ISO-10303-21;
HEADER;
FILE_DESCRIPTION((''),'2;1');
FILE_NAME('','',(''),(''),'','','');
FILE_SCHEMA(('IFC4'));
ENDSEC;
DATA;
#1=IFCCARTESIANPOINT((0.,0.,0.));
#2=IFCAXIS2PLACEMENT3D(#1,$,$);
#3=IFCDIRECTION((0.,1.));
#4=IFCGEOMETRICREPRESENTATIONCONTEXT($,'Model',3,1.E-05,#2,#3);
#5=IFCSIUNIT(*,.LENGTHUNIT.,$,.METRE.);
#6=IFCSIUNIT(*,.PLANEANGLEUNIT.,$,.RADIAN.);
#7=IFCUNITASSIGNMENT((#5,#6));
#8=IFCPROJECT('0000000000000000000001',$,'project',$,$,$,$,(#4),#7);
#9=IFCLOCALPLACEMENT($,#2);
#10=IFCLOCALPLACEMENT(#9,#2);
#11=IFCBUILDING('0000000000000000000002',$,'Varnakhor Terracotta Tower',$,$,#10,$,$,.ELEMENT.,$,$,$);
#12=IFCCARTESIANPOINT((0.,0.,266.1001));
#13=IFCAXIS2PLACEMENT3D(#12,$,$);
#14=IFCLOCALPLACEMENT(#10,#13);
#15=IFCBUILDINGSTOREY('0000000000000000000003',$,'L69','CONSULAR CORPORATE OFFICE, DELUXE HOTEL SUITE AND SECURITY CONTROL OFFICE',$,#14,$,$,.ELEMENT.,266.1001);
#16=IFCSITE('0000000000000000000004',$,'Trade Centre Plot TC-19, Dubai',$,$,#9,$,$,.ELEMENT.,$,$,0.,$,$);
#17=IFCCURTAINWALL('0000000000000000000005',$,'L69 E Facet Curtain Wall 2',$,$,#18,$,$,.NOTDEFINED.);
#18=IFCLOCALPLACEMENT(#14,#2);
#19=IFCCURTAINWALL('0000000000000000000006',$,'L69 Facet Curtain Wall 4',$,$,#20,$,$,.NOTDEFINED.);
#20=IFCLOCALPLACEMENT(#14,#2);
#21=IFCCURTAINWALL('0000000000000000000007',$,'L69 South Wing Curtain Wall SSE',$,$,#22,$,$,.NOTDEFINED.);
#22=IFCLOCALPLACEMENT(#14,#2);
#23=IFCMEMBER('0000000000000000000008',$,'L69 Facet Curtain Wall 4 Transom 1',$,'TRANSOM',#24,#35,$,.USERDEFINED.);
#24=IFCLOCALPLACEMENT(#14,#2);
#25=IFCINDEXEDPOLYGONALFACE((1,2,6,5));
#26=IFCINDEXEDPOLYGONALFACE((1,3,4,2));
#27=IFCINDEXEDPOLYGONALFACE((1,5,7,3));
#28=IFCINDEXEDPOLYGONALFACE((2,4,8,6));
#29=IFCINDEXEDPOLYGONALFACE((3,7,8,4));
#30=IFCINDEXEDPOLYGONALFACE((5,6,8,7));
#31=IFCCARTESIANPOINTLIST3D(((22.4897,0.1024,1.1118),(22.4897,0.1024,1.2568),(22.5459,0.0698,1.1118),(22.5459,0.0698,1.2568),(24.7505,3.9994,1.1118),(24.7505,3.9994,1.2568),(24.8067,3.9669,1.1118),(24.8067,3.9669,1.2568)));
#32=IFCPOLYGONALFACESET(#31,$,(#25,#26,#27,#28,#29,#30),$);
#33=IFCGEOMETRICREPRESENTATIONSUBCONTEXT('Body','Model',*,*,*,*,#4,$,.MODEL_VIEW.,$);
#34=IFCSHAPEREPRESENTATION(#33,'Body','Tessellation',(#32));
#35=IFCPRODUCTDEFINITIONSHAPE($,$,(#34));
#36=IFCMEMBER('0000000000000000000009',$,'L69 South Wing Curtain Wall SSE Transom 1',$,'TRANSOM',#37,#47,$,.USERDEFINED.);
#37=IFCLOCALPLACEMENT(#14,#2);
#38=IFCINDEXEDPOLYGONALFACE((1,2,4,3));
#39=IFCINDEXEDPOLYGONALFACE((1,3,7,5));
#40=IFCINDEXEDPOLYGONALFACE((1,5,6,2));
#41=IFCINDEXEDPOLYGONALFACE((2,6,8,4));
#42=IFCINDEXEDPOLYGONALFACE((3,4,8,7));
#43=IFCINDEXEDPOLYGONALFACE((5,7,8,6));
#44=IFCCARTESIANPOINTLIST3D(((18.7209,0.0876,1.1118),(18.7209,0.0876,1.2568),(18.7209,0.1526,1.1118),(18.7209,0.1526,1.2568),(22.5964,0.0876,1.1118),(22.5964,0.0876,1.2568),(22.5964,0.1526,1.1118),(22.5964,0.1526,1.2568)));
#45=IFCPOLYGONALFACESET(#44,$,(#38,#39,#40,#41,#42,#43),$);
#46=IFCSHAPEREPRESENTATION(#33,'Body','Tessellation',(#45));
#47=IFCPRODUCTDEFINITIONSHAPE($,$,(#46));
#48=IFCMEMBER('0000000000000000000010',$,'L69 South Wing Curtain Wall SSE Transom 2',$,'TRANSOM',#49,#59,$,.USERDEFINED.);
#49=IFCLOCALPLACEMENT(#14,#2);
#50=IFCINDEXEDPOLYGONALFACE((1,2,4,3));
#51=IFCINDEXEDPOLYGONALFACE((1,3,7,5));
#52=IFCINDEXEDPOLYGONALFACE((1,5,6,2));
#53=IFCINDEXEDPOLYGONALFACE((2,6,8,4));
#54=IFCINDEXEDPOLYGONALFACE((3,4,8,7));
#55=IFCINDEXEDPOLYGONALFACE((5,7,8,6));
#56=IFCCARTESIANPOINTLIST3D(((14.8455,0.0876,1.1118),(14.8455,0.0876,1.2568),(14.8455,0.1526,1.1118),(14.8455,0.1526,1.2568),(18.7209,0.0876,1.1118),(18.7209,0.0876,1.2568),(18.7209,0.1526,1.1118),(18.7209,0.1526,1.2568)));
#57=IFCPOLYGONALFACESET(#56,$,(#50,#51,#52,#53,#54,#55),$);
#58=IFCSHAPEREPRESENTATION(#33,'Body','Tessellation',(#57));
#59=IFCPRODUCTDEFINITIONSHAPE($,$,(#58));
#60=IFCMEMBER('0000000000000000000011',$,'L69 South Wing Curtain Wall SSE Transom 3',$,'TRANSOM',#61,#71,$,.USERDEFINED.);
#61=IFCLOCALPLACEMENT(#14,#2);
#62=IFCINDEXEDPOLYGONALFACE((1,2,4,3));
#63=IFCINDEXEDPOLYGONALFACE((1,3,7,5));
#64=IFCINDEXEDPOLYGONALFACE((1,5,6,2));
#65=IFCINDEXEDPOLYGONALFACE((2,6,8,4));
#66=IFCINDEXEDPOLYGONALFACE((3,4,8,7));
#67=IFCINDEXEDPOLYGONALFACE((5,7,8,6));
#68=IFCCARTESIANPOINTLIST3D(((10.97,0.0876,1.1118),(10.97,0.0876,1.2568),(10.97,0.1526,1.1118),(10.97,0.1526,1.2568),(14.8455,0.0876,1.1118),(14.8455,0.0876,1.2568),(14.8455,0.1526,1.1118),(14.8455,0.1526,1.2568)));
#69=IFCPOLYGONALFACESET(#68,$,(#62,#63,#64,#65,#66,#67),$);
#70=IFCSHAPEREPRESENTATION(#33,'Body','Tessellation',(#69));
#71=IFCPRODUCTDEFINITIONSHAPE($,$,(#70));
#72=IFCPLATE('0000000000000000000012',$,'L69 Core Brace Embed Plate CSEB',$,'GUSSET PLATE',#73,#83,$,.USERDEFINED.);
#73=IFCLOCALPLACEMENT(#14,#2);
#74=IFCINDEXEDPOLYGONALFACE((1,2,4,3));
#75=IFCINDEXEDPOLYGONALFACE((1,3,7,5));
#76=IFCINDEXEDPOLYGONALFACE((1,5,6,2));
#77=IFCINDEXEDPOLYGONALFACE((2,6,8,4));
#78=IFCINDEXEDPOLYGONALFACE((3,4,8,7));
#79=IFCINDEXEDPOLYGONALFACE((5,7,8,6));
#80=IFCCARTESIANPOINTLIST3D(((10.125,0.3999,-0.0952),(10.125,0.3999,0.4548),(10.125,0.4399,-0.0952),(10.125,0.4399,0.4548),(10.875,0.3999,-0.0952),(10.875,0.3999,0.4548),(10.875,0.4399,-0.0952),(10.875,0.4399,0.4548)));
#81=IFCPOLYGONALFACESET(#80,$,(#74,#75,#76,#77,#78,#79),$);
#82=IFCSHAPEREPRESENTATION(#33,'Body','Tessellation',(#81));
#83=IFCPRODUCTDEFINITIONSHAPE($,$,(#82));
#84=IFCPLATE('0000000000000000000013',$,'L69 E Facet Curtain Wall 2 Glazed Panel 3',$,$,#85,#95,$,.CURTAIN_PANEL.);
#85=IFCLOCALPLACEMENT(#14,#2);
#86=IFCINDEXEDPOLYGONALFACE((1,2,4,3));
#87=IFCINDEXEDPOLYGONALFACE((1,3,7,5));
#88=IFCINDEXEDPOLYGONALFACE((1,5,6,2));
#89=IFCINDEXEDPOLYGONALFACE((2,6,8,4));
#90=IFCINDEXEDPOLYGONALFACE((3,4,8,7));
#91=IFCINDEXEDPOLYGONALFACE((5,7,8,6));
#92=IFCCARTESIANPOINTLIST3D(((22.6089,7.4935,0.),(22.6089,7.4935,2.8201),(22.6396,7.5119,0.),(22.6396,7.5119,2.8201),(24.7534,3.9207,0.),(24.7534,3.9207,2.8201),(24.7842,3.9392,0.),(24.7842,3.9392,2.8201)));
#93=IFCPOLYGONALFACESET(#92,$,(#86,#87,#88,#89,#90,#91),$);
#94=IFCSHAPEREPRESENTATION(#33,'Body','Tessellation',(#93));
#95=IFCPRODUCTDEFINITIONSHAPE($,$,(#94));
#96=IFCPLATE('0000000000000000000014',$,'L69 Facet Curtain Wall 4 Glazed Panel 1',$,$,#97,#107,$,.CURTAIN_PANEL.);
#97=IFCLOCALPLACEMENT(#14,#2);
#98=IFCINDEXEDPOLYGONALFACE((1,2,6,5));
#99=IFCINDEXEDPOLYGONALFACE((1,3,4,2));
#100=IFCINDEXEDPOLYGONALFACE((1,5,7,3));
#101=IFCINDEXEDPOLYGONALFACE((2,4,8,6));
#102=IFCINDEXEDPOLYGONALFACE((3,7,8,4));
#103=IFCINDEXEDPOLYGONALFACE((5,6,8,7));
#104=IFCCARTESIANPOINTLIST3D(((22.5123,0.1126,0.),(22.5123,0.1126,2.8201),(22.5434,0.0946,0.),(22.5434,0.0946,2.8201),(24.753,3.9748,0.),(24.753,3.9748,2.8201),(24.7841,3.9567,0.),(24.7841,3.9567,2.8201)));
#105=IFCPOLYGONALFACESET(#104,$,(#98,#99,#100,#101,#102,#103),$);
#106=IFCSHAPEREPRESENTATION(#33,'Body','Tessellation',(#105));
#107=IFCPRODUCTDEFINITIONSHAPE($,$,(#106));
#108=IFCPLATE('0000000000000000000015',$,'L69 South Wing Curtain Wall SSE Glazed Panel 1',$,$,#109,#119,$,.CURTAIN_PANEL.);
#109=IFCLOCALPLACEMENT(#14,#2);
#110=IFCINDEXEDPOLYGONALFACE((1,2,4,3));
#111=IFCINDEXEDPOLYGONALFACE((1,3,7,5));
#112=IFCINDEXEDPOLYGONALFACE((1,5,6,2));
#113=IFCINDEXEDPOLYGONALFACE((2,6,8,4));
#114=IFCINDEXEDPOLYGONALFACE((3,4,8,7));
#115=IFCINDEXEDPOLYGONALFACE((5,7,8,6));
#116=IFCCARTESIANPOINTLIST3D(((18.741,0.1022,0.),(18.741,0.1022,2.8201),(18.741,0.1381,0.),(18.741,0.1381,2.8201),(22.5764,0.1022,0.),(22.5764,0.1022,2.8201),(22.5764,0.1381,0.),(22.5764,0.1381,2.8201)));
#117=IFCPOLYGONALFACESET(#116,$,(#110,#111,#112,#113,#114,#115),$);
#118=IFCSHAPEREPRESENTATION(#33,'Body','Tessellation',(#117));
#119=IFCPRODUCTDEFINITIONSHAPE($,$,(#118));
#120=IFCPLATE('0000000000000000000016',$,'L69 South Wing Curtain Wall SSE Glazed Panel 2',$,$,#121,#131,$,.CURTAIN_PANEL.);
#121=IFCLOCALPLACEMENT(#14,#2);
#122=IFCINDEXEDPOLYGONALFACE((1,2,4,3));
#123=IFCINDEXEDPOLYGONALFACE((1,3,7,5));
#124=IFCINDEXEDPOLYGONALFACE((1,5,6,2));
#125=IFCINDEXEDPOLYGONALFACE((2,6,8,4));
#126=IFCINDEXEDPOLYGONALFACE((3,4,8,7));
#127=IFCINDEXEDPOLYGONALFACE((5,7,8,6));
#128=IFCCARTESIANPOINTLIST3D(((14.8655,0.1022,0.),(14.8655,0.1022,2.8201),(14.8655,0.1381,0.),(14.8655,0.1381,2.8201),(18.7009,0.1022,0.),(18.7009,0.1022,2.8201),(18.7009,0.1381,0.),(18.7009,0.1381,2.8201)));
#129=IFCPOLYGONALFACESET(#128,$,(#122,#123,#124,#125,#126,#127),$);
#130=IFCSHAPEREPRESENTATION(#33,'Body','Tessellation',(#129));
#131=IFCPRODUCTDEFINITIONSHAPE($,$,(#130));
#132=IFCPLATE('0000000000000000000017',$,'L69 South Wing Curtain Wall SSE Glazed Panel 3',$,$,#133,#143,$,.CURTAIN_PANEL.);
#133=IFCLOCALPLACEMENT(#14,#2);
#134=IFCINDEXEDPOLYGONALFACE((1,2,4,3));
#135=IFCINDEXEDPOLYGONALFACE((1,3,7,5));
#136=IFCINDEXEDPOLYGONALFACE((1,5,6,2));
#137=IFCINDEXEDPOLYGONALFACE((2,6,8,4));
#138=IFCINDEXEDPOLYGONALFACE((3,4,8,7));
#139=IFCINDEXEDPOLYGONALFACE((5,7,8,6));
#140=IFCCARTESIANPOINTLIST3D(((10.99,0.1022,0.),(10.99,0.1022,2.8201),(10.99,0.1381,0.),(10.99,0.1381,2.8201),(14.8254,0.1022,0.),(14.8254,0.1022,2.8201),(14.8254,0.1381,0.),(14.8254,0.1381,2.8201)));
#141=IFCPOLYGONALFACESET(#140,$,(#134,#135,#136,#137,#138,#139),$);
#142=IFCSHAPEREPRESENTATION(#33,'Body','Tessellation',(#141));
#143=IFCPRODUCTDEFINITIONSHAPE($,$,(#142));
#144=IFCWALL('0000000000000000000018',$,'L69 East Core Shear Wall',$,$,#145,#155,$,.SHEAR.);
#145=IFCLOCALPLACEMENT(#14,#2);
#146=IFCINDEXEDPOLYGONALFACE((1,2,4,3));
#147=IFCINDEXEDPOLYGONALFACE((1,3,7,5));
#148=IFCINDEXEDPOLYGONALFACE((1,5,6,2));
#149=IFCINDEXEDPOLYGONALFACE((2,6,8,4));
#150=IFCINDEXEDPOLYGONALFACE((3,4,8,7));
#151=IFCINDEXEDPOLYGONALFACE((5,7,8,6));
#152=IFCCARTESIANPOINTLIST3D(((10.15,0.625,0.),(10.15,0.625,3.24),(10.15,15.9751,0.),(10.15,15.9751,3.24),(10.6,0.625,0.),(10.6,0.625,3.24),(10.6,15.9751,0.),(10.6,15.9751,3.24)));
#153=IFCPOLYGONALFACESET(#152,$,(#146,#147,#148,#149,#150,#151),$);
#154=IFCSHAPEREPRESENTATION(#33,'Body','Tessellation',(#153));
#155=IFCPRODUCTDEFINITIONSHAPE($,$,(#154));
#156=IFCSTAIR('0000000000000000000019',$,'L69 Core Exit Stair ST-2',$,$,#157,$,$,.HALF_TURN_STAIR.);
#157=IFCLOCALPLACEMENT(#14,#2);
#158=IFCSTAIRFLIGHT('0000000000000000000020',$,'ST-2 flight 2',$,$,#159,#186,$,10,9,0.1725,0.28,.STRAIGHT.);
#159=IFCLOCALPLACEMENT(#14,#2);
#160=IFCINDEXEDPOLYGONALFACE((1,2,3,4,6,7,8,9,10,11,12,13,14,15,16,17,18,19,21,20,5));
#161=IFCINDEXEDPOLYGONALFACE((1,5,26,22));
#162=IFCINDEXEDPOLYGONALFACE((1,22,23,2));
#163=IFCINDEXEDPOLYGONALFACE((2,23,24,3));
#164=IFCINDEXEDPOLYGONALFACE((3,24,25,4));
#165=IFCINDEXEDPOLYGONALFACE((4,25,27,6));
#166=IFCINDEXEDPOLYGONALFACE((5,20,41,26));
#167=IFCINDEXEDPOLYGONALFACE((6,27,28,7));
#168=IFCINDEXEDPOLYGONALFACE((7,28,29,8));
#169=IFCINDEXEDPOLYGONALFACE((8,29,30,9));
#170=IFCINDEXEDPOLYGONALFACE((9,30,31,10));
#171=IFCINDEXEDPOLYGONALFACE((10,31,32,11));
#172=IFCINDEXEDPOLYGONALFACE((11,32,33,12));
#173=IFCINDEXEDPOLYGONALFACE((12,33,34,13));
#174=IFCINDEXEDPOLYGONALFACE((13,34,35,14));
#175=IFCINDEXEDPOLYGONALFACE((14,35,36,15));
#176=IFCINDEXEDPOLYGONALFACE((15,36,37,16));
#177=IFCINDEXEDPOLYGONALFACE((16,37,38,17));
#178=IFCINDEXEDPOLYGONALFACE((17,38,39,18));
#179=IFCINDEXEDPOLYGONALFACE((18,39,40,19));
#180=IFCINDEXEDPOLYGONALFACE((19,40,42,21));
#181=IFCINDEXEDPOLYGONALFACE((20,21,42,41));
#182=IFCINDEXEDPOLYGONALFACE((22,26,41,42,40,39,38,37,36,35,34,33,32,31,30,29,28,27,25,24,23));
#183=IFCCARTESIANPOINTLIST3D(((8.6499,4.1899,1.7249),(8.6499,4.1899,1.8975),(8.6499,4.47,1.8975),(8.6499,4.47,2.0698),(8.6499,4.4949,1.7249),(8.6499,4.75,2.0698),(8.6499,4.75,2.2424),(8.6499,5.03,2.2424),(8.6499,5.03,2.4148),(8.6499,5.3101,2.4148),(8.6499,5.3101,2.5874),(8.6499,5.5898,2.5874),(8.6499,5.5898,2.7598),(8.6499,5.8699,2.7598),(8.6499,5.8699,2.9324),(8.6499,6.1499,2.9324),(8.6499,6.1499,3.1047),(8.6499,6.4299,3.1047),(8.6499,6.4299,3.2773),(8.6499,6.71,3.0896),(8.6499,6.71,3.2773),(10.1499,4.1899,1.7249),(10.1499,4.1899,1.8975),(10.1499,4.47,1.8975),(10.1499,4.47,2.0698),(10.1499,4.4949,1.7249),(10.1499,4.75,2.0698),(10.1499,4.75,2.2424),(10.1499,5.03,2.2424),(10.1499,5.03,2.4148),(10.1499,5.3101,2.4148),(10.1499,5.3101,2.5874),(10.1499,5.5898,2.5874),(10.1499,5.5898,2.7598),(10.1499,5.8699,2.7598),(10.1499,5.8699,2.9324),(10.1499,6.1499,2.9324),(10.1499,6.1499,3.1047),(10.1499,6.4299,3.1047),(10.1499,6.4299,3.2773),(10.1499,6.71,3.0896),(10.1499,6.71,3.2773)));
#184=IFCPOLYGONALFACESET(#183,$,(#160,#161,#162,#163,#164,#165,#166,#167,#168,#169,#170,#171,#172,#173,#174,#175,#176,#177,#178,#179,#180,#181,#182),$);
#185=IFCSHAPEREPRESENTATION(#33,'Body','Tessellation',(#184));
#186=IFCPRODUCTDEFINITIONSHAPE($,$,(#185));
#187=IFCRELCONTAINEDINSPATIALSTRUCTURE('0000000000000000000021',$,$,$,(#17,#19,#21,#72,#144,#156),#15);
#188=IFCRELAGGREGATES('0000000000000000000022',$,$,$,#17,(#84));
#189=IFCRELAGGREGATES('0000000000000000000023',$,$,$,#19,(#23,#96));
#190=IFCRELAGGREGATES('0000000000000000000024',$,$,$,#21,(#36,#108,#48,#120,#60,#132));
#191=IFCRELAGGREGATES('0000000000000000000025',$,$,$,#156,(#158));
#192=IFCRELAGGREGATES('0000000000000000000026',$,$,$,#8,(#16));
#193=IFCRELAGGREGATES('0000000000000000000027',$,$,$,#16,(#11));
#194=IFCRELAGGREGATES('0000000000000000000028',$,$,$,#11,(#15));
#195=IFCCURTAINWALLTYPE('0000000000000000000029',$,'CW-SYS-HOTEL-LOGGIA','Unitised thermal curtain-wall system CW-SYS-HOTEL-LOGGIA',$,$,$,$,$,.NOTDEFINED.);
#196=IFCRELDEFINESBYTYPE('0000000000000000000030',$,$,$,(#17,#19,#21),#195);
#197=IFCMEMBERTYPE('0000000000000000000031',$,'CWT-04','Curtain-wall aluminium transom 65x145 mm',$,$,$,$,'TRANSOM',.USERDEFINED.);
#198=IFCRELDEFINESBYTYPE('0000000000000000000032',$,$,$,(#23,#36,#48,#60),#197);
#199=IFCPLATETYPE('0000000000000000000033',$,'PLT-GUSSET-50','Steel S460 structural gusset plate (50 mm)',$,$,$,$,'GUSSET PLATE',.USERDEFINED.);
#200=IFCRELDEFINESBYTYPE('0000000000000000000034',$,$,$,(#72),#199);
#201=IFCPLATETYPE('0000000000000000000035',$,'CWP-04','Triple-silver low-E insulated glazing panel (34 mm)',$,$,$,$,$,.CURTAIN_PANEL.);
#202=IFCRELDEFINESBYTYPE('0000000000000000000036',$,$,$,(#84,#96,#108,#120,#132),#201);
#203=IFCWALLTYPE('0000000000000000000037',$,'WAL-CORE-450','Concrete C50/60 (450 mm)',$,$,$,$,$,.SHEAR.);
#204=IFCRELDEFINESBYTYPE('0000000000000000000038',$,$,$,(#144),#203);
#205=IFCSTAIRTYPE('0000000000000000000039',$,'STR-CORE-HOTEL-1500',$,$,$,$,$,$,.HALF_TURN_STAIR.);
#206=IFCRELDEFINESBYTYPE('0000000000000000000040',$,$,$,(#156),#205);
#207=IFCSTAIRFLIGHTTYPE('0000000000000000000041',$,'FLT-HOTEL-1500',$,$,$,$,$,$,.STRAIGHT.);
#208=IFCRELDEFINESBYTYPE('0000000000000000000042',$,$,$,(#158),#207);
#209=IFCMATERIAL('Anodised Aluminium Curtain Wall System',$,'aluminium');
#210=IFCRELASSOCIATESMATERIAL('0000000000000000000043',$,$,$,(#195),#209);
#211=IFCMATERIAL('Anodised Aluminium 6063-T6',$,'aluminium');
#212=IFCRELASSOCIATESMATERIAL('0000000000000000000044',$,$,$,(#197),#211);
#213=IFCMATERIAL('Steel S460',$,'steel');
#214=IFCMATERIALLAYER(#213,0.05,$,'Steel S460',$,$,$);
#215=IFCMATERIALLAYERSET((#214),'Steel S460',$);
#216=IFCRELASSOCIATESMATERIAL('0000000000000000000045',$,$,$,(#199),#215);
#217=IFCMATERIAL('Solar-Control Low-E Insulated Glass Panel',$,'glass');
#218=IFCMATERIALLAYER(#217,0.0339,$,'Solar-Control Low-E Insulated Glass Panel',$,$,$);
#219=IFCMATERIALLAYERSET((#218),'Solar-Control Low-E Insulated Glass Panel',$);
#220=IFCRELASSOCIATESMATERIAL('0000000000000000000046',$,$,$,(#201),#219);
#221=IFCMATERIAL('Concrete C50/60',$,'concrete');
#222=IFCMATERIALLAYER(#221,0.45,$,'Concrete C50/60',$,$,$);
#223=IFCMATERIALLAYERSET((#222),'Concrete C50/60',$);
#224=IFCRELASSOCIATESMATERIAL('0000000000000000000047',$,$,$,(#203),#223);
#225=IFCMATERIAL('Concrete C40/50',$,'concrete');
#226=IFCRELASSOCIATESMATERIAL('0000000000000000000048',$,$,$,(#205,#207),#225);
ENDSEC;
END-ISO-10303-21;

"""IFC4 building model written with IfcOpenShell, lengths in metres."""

from ifc_helpers import new_model, si_unit, direction, frame, frame_2d, origin, origin_2d, place, context, subcontext, project, spatial, polyline, rectangle, outline, extrude, source, transform, mapped, material, layer, layer_set, material_profile, profile_set, type_object, type_shapes, element, aggregate, save


model = new_model("IFC4")

# Units and contexts
model_context = context("Model", 3, precision=1e-05, world=origin(), true_north=direction((0.0, 1.0)))
body_context = subcontext(model_context, "Body", "Model", "MODEL_VIEW")
ifc_project = project(units=[si_unit("LENGTHUNIT", "METRE"), si_unit("PLANEANGLEUNIT", "RADIAN")], contexts=[model_context])

# Site, building, storey
site_placement = place(None, origin())
site = spatial("IfcSite", under=ifc_project, at=site_placement, Name="Trade Centre Plot TC-19, Dubai", CompositionType="ELEMENT", RefElevation=0.0)
building_placement = place(site_placement, origin())
building = spatial("IfcBuilding", under=site, at=building_placement, Name="Varnakhor Terracotta Tower", CompositionType="ELEMENT")
storey_placement = place(building_placement, frame((0.0, 0.0, 266.1001)))
storey = spatial("IfcBuildingStorey", under=building, at=storey_placement, Name="L69", Description="CONSULAR CORPORATE OFFICE, DELUXE HOTEL SUITE AND SECURITY CONTROL OFFICE", CompositionType="ELEMENT", Elevation=266.1001)

# Shared definitions
ifc_material_1 = material(Name="Concrete C50/60", Category="concrete")

# Curtain walls
ifc_material_2 = material(Name="Anodised Aluminium Curtain Wall System", Category="aluminium")
curtain_wall_type = type_object("IfcCurtainWallType", Name="CW-SYS-HOTEL-LOGGIA", Description="Unitised thermal curtain-wall system CW-SYS-HOTEL-LOGGIA", PredefinedType="NOTDEFINED", material=ifc_material_2)
curtain_wall_1_placement = place(storey_placement, origin())
curtain_wall_1 = element("IfcCurtainWall", 1, at=curtain_wall_1_placement, inside=storey, type_object=curtain_wall_type, Name="L69 E Facet Curtain Wall 2", PredefinedType="NOTDEFINED")
ifc_material_3 = material(Name="Anodised Aluminium 6063-T6", Category="aluminium")
curtain_wall_2_placement = place(storey_placement, origin())
curtain_wall_2 = element("IfcCurtainWall", 2, at=curtain_wall_2_placement, inside=storey, type_object=curtain_wall_type, Name="L69 Facet Curtain Wall 4", PredefinedType="NOTDEFINED")

# Curtain wall
curtain_wall_3_placement = place(storey_placement, origin())
curtain_wall_3 = element("IfcCurtainWall", 3, at=curtain_wall_3_placement, inside=storey, type_object=curtain_wall_type, Name="L69 South Wing Curtain Wall SSE", PredefinedType="NOTDEFINED")

# Members
ifc_material_profile_1 = material_profile(ifc_material_3, rectangle(XDim=0.0649, YDim=0.145, at=origin_2d()), Name="ALU TRANSOM 65x145")
ifc_profile_set_1 = profile_set([ifc_material_profile_1], Name="Anodised Aluminium 6063-T6")
member_type_1 = type_object("IfcMemberType", Name="CWT-04", Description="Curtain-wall aluminium transom 65x145 mm", ElementType="TRANSOM", PredefinedType="USERDEFINED", material=ifc_profile_set_1)
shared_shape_1 = source(origin(), body_context, "Body", "SweptSolid", [
    extrude(rectangle(XDim=0.0649, YDim=0.145, at=origin_2d()), origin(), (0.0, 0.0, 1.0), 4.5054),
])
member_1_placement = place(storey_placement, frame((24.7786, 3.9832, 1.1843), z_axis=(-0.501801, -0.864983, 0.0), x_axis=(0.864983, -0.501801, 0.0)))
member_1 = element("IfcMember", 4, at=member_1_placement, type_object=member_type_1, Name="L69 Facet Curtain Wall 4 Transom 1", ObjectType="TRANSOM", PredefinedType="USERDEFINED", context=body_context, shape_type="MappedRepresentation", body=[
    mapped(shared_shape_1, transform((0.0, 0.0, 0.0), scale=1.0)),
])
shared_shape_2 = source(origin(), body_context, "Body", "SweptSolid", [
    extrude(rectangle(XDim=0.0649, YDim=0.145, at=origin_2d()), origin(), (0.0, 0.0, 1.0), 3.8755),
])
member_2_placement = place(storey_placement, frame((22.5964, 0.1201, 1.1843), z_axis=(-1.0, 0.0, 0.0), x_axis=(0.0, -1.0, 0.0)))
member_2 = element("IfcMember", 5, at=member_2_placement, type_object=member_type_1, Name="L69 South Wing Curtain Wall SSE Transom 1", ObjectType="TRANSOM", PredefinedType="USERDEFINED", context=body_context, shape_type="MappedRepresentation", body=[
    mapped(shared_shape_2, transform((0.0, 0.0, 0.0), scale=1.0)),
])
member_3_placement = place(storey_placement, frame((18.7209, 0.1201, 1.1843), z_axis=(-1.0, 0.0, 0.0), x_axis=(0.0, -1.0, 0.0)))
member_3 = element("IfcMember", 6, at=member_3_placement, type_object=member_type_1, Name="L69 South Wing Curtain Wall SSE Transom 2", ObjectType="TRANSOM", PredefinedType="USERDEFINED", context=body_context, shape_type="MappedRepresentation", body=[
    mapped(shared_shape_2, transform((0.0, 0.0, 0.0), scale=1.0)),
])
member_4_placement = place(storey_placement, frame((14.8455, 0.1201, 1.1843), z_axis=(-1.0, 0.0, 0.0), x_axis=(0.0, -1.0, 0.0)))
member_4 = element("IfcMember", 7, at=member_4_placement, type_object=member_type_1, Name="L69 South Wing Curtain Wall SSE Transom 3", ObjectType="TRANSOM", PredefinedType="USERDEFINED", context=body_context, shape_type="MappedRepresentation", body=[
    mapped(shared_shape_2, transform((0.0, 0.0, 0.0), scale=1.0)),
])

# Plates
ifc_material_4 = material(Name="Steel S460", Category="steel")
ifc_layer_1 = layer(ifc_material_4, 0.05, Name="Steel S460")
ifc_layer_set_1 = layer_set([ifc_layer_1], Name="Steel S460")
plate_type_1 = type_object("IfcPlateType", Name="PLT-GUSSET-50", Description="Steel S460 structural gusset plate (50 mm)", ElementType="GUSSET PLATE", PredefinedType="USERDEFINED", material=ifc_layer_set_1)
shared_shape_3 = source(origin(), body_context, "Body", "SweptSolid", [
    extrude(rectangle(XDim=0.75, YDim=0.04, at=origin_2d()), origin(), (0.0, 0.0, 1.0), 0.55),
])
type_shapes(plate_type_1, [shared_shape_3])
plate_1_placement = place(storey_placement, frame((10.5, 0.4199, -0.0952), z_axis=(0.0, 0.0, 1.0), x_axis=(1.0, 0.0, 0.0)))
element("IfcPlate", 8, at=plate_1_placement, inside=storey, type_object=plate_type_1, Name="L69 Core Brace Embed Plate CSEB", ObjectType="GUSSET PLATE", PredefinedType="USERDEFINED", context=body_context, shape_type="MappedRepresentation", body=[
    mapped(shared_shape_3, transform((0.0, 0.0, 0.0), scale=1.0)),
])
ifc_material_5 = material(Name="Solar-Control Low-E Insulated Glass Panel", Category="glass")
ifc_layer_2 = layer(ifc_material_5, 0.0339, Name="Solar-Control Low-E Insulated Glass Panel")
ifc_layer_set_2 = layer_set([ifc_layer_2], Name="Solar-Control Low-E Insulated Glass Panel")
plate_type_2 = type_object("IfcPlateType", Name="CWP-04", Description="Triple-silver low-E insulated glazing panel (34 mm)", PredefinedType="CURTAIN_PANEL", material=ifc_layer_set_2)
shared_shape_4 = source(origin(), body_context, "Body", "SweptSolid", [
    extrude(rectangle(XDim=4.167, YDim=0.0359, at=origin_2d()), origin(), (0.0, 0.0, 1.0), 2.8201),
])
plate_2_placement = place(storey_placement, frame((23.6965, 5.7163, 0.0), z_axis=(0.0, 0.0, 1.0), x_axis=(0.514649, -0.857401, 0.0)))
plate_2 = element("IfcPlate", 9, at=plate_2_placement, type_object=plate_type_2, Name="L69 E Facet Curtain Wall 2 Glazed Panel 3", PredefinedType="CURTAIN_PANEL", context=body_context, shape_type="MappedRepresentation", body=[
    mapped(shared_shape_4, transform((0.0, 0.0, 0.0), scale=1.0)),
])
aggregate(curtain_wall_1, [plate_2])
shared_shape_5 = source(origin(), body_context, "Body", "SweptSolid", [
    extrude(rectangle(XDim=4.4651, YDim=0.0359, at=origin_2d()), origin(), (0.0, 0.0, 1.0), 2.8201),
])
plate_3_placement = place(storey_placement, frame((23.6482, 2.0347, 0.0), z_axis=(0.0, 0.0, 1.0), x_axis=(-0.501828, -0.864968, 0.0)))
plate_3 = element("IfcPlate", 10, at=plate_3_placement, type_object=plate_type_2, Name="L69 Facet Curtain Wall 4 Glazed Panel 1", PredefinedType="CURTAIN_PANEL", context=body_context, shape_type="MappedRepresentation", body=[
    mapped(shared_shape_5, transform((0.0, 0.0, 0.0), scale=1.0)),
])
aggregate(curtain_wall_2, [member_1, plate_3])
shared_shape_6 = source(origin(), body_context, "Body", "SweptSolid", [
    extrude(rectangle(XDim=3.8354, YDim=0.0359, at=origin_2d()), origin(), (0.0, 0.0, 1.0), 2.8201),
])
plate_4_placement = place(storey_placement, frame((20.6587, 0.1201, 0.0), z_axis=(0.0, 0.0, 1.0), x_axis=(-1.0, 0.0, 0.0)))
plate_4 = element("IfcPlate", 11, at=plate_4_placement, type_object=plate_type_2, Name="L69 South Wing Curtain Wall SSE Glazed Panel 1", PredefinedType="CURTAIN_PANEL", context=body_context, shape_type="MappedRepresentation", body=[
    mapped(shared_shape_6, transform((0.0, 0.0, 0.0), scale=1.0)),
])
plate_5_placement = place(storey_placement, frame((16.7832, 0.1201, 0.0), z_axis=(0.0, 0.0, 1.0), x_axis=(-1.0, 0.0, 0.0)))
plate_5 = element("IfcPlate", 12, at=plate_5_placement, type_object=plate_type_2, Name="L69 South Wing Curtain Wall SSE Glazed Panel 2", PredefinedType="CURTAIN_PANEL", context=body_context, shape_type="MappedRepresentation", body=[
    mapped(shared_shape_6, transform((0.0, 0.0, 0.0), scale=1.0)),
])
plate_6_placement = place(storey_placement, frame((12.9077, 0.1201, 0.0), z_axis=(0.0, 0.0, 1.0), x_axis=(-1.0, 0.0, 0.0)))
plate_6 = element("IfcPlate", 13, at=plate_6_placement, type_object=plate_type_2, Name="L69 South Wing Curtain Wall SSE Glazed Panel 3", PredefinedType="CURTAIN_PANEL", context=body_context, shape_type="MappedRepresentation", body=[
    mapped(shared_shape_6, transform((0.0, 0.0, 0.0), scale=1.0)),
])
aggregate(curtain_wall_3, [member_2, plate_4, member_3, plate_5, member_4, plate_6])

# Wall
ifc_layer_3 = layer(ifc_material_1, 0.45, Name="Concrete C50/60")
ifc_layer_set_3 = layer_set([ifc_layer_3], Name="Concrete C50/60")
wall_type = type_object("IfcWallType", Name="WAL-CORE-450", Description="Concrete C50/60 (450 mm)", PredefinedType="SHEAR", material=ifc_layer_set_3)
wall_placement = place(storey_placement, frame((10.375, 0.625, 0.0), z_axis=(0.0, 0.0, 1.0), x_axis=(0.0, 1.0, 0.0)))
element("IfcWall", 14, at=wall_placement, inside=storey, type_object=wall_type, Name="L69 East Core Shear Wall", PredefinedType="SHEAR", context=body_context, shape_type="SweptSolid", body=[
    extrude(rectangle(XDim=15.3501, YDim=0.45, at=frame_2d((7.675, 0.0))), origin(), (0.0, 0.0, 1.0), 3.24),
])

# Stair, stair flight
ifc_material_6 = material(Name="Concrete C40/50", Category="concrete")
stair_type = type_object("IfcStairType", Name="STR-CORE-HOTEL-1500", PredefinedType="HALF_TURN_STAIR", material=ifc_material_6)
stair_placement = place(storey_placement, origin())
stair = element("IfcStair", 15, at=stair_placement, inside=storey, type_object=stair_type, Name="L69 Core Exit Stair ST-2", PredefinedType="HALF_TURN_STAIR")
stair_flight_type = type_object("IfcStairFlightType", Name="FLT-HOTEL-1500", PredefinedType="STRAIGHT", material=ifc_material_6)
stair_flight_placement = place(storey_placement, frame((9.3999, 4.1899, 1.7249), z_axis=(0.0, 0.0, 1.0), x_axis=(0.0, 1.0, 0.0)))
stair_flight = element("IfcStairFlight", 16, at=stair_flight_placement, type_object=stair_flight_type, Name="ST-2 flight 2", NumberOfRisers=10, NumberOfTreads=9, PredefinedType="STRAIGHT", RiserHeight=0.1725, TreadLength=0.28, context=body_context, shape_type="SweptSolid", body=[
    extrude(outline(polyline([(0.0, 0.0), (0.0, 0.1726), (0.28, 0.1726), (0.28, 0.345), (0.5601, 0.345), (0.5601, 0.5176), (0.8401, 0.5176), (0.8401, 0.6899), (1.1201, 0.6899), (1.1201, 0.8625), (1.3999, 0.8625), (1.3999, 1.0349), (1.6799, 1.0349), (1.6799, 1.2075), (1.96, 1.2075), (1.96, 1.3799), (2.24, 1.3799), (2.24, 1.5525), (2.52, 1.5525), (2.52, 1.7251), (2.52, 1.3647), (0.3049, 0.0), (0.0, 0.0)])), frame((0.0, 0.75, 0.0), z_axis=(0.0, -1.0, 0.0), x_axis=(1.0, 0.0, 0.0)), (0.0, 0.0, 1.0), 1.5),
])
aggregate(stair, [stair_flight])

save(model, "model.ifc")
